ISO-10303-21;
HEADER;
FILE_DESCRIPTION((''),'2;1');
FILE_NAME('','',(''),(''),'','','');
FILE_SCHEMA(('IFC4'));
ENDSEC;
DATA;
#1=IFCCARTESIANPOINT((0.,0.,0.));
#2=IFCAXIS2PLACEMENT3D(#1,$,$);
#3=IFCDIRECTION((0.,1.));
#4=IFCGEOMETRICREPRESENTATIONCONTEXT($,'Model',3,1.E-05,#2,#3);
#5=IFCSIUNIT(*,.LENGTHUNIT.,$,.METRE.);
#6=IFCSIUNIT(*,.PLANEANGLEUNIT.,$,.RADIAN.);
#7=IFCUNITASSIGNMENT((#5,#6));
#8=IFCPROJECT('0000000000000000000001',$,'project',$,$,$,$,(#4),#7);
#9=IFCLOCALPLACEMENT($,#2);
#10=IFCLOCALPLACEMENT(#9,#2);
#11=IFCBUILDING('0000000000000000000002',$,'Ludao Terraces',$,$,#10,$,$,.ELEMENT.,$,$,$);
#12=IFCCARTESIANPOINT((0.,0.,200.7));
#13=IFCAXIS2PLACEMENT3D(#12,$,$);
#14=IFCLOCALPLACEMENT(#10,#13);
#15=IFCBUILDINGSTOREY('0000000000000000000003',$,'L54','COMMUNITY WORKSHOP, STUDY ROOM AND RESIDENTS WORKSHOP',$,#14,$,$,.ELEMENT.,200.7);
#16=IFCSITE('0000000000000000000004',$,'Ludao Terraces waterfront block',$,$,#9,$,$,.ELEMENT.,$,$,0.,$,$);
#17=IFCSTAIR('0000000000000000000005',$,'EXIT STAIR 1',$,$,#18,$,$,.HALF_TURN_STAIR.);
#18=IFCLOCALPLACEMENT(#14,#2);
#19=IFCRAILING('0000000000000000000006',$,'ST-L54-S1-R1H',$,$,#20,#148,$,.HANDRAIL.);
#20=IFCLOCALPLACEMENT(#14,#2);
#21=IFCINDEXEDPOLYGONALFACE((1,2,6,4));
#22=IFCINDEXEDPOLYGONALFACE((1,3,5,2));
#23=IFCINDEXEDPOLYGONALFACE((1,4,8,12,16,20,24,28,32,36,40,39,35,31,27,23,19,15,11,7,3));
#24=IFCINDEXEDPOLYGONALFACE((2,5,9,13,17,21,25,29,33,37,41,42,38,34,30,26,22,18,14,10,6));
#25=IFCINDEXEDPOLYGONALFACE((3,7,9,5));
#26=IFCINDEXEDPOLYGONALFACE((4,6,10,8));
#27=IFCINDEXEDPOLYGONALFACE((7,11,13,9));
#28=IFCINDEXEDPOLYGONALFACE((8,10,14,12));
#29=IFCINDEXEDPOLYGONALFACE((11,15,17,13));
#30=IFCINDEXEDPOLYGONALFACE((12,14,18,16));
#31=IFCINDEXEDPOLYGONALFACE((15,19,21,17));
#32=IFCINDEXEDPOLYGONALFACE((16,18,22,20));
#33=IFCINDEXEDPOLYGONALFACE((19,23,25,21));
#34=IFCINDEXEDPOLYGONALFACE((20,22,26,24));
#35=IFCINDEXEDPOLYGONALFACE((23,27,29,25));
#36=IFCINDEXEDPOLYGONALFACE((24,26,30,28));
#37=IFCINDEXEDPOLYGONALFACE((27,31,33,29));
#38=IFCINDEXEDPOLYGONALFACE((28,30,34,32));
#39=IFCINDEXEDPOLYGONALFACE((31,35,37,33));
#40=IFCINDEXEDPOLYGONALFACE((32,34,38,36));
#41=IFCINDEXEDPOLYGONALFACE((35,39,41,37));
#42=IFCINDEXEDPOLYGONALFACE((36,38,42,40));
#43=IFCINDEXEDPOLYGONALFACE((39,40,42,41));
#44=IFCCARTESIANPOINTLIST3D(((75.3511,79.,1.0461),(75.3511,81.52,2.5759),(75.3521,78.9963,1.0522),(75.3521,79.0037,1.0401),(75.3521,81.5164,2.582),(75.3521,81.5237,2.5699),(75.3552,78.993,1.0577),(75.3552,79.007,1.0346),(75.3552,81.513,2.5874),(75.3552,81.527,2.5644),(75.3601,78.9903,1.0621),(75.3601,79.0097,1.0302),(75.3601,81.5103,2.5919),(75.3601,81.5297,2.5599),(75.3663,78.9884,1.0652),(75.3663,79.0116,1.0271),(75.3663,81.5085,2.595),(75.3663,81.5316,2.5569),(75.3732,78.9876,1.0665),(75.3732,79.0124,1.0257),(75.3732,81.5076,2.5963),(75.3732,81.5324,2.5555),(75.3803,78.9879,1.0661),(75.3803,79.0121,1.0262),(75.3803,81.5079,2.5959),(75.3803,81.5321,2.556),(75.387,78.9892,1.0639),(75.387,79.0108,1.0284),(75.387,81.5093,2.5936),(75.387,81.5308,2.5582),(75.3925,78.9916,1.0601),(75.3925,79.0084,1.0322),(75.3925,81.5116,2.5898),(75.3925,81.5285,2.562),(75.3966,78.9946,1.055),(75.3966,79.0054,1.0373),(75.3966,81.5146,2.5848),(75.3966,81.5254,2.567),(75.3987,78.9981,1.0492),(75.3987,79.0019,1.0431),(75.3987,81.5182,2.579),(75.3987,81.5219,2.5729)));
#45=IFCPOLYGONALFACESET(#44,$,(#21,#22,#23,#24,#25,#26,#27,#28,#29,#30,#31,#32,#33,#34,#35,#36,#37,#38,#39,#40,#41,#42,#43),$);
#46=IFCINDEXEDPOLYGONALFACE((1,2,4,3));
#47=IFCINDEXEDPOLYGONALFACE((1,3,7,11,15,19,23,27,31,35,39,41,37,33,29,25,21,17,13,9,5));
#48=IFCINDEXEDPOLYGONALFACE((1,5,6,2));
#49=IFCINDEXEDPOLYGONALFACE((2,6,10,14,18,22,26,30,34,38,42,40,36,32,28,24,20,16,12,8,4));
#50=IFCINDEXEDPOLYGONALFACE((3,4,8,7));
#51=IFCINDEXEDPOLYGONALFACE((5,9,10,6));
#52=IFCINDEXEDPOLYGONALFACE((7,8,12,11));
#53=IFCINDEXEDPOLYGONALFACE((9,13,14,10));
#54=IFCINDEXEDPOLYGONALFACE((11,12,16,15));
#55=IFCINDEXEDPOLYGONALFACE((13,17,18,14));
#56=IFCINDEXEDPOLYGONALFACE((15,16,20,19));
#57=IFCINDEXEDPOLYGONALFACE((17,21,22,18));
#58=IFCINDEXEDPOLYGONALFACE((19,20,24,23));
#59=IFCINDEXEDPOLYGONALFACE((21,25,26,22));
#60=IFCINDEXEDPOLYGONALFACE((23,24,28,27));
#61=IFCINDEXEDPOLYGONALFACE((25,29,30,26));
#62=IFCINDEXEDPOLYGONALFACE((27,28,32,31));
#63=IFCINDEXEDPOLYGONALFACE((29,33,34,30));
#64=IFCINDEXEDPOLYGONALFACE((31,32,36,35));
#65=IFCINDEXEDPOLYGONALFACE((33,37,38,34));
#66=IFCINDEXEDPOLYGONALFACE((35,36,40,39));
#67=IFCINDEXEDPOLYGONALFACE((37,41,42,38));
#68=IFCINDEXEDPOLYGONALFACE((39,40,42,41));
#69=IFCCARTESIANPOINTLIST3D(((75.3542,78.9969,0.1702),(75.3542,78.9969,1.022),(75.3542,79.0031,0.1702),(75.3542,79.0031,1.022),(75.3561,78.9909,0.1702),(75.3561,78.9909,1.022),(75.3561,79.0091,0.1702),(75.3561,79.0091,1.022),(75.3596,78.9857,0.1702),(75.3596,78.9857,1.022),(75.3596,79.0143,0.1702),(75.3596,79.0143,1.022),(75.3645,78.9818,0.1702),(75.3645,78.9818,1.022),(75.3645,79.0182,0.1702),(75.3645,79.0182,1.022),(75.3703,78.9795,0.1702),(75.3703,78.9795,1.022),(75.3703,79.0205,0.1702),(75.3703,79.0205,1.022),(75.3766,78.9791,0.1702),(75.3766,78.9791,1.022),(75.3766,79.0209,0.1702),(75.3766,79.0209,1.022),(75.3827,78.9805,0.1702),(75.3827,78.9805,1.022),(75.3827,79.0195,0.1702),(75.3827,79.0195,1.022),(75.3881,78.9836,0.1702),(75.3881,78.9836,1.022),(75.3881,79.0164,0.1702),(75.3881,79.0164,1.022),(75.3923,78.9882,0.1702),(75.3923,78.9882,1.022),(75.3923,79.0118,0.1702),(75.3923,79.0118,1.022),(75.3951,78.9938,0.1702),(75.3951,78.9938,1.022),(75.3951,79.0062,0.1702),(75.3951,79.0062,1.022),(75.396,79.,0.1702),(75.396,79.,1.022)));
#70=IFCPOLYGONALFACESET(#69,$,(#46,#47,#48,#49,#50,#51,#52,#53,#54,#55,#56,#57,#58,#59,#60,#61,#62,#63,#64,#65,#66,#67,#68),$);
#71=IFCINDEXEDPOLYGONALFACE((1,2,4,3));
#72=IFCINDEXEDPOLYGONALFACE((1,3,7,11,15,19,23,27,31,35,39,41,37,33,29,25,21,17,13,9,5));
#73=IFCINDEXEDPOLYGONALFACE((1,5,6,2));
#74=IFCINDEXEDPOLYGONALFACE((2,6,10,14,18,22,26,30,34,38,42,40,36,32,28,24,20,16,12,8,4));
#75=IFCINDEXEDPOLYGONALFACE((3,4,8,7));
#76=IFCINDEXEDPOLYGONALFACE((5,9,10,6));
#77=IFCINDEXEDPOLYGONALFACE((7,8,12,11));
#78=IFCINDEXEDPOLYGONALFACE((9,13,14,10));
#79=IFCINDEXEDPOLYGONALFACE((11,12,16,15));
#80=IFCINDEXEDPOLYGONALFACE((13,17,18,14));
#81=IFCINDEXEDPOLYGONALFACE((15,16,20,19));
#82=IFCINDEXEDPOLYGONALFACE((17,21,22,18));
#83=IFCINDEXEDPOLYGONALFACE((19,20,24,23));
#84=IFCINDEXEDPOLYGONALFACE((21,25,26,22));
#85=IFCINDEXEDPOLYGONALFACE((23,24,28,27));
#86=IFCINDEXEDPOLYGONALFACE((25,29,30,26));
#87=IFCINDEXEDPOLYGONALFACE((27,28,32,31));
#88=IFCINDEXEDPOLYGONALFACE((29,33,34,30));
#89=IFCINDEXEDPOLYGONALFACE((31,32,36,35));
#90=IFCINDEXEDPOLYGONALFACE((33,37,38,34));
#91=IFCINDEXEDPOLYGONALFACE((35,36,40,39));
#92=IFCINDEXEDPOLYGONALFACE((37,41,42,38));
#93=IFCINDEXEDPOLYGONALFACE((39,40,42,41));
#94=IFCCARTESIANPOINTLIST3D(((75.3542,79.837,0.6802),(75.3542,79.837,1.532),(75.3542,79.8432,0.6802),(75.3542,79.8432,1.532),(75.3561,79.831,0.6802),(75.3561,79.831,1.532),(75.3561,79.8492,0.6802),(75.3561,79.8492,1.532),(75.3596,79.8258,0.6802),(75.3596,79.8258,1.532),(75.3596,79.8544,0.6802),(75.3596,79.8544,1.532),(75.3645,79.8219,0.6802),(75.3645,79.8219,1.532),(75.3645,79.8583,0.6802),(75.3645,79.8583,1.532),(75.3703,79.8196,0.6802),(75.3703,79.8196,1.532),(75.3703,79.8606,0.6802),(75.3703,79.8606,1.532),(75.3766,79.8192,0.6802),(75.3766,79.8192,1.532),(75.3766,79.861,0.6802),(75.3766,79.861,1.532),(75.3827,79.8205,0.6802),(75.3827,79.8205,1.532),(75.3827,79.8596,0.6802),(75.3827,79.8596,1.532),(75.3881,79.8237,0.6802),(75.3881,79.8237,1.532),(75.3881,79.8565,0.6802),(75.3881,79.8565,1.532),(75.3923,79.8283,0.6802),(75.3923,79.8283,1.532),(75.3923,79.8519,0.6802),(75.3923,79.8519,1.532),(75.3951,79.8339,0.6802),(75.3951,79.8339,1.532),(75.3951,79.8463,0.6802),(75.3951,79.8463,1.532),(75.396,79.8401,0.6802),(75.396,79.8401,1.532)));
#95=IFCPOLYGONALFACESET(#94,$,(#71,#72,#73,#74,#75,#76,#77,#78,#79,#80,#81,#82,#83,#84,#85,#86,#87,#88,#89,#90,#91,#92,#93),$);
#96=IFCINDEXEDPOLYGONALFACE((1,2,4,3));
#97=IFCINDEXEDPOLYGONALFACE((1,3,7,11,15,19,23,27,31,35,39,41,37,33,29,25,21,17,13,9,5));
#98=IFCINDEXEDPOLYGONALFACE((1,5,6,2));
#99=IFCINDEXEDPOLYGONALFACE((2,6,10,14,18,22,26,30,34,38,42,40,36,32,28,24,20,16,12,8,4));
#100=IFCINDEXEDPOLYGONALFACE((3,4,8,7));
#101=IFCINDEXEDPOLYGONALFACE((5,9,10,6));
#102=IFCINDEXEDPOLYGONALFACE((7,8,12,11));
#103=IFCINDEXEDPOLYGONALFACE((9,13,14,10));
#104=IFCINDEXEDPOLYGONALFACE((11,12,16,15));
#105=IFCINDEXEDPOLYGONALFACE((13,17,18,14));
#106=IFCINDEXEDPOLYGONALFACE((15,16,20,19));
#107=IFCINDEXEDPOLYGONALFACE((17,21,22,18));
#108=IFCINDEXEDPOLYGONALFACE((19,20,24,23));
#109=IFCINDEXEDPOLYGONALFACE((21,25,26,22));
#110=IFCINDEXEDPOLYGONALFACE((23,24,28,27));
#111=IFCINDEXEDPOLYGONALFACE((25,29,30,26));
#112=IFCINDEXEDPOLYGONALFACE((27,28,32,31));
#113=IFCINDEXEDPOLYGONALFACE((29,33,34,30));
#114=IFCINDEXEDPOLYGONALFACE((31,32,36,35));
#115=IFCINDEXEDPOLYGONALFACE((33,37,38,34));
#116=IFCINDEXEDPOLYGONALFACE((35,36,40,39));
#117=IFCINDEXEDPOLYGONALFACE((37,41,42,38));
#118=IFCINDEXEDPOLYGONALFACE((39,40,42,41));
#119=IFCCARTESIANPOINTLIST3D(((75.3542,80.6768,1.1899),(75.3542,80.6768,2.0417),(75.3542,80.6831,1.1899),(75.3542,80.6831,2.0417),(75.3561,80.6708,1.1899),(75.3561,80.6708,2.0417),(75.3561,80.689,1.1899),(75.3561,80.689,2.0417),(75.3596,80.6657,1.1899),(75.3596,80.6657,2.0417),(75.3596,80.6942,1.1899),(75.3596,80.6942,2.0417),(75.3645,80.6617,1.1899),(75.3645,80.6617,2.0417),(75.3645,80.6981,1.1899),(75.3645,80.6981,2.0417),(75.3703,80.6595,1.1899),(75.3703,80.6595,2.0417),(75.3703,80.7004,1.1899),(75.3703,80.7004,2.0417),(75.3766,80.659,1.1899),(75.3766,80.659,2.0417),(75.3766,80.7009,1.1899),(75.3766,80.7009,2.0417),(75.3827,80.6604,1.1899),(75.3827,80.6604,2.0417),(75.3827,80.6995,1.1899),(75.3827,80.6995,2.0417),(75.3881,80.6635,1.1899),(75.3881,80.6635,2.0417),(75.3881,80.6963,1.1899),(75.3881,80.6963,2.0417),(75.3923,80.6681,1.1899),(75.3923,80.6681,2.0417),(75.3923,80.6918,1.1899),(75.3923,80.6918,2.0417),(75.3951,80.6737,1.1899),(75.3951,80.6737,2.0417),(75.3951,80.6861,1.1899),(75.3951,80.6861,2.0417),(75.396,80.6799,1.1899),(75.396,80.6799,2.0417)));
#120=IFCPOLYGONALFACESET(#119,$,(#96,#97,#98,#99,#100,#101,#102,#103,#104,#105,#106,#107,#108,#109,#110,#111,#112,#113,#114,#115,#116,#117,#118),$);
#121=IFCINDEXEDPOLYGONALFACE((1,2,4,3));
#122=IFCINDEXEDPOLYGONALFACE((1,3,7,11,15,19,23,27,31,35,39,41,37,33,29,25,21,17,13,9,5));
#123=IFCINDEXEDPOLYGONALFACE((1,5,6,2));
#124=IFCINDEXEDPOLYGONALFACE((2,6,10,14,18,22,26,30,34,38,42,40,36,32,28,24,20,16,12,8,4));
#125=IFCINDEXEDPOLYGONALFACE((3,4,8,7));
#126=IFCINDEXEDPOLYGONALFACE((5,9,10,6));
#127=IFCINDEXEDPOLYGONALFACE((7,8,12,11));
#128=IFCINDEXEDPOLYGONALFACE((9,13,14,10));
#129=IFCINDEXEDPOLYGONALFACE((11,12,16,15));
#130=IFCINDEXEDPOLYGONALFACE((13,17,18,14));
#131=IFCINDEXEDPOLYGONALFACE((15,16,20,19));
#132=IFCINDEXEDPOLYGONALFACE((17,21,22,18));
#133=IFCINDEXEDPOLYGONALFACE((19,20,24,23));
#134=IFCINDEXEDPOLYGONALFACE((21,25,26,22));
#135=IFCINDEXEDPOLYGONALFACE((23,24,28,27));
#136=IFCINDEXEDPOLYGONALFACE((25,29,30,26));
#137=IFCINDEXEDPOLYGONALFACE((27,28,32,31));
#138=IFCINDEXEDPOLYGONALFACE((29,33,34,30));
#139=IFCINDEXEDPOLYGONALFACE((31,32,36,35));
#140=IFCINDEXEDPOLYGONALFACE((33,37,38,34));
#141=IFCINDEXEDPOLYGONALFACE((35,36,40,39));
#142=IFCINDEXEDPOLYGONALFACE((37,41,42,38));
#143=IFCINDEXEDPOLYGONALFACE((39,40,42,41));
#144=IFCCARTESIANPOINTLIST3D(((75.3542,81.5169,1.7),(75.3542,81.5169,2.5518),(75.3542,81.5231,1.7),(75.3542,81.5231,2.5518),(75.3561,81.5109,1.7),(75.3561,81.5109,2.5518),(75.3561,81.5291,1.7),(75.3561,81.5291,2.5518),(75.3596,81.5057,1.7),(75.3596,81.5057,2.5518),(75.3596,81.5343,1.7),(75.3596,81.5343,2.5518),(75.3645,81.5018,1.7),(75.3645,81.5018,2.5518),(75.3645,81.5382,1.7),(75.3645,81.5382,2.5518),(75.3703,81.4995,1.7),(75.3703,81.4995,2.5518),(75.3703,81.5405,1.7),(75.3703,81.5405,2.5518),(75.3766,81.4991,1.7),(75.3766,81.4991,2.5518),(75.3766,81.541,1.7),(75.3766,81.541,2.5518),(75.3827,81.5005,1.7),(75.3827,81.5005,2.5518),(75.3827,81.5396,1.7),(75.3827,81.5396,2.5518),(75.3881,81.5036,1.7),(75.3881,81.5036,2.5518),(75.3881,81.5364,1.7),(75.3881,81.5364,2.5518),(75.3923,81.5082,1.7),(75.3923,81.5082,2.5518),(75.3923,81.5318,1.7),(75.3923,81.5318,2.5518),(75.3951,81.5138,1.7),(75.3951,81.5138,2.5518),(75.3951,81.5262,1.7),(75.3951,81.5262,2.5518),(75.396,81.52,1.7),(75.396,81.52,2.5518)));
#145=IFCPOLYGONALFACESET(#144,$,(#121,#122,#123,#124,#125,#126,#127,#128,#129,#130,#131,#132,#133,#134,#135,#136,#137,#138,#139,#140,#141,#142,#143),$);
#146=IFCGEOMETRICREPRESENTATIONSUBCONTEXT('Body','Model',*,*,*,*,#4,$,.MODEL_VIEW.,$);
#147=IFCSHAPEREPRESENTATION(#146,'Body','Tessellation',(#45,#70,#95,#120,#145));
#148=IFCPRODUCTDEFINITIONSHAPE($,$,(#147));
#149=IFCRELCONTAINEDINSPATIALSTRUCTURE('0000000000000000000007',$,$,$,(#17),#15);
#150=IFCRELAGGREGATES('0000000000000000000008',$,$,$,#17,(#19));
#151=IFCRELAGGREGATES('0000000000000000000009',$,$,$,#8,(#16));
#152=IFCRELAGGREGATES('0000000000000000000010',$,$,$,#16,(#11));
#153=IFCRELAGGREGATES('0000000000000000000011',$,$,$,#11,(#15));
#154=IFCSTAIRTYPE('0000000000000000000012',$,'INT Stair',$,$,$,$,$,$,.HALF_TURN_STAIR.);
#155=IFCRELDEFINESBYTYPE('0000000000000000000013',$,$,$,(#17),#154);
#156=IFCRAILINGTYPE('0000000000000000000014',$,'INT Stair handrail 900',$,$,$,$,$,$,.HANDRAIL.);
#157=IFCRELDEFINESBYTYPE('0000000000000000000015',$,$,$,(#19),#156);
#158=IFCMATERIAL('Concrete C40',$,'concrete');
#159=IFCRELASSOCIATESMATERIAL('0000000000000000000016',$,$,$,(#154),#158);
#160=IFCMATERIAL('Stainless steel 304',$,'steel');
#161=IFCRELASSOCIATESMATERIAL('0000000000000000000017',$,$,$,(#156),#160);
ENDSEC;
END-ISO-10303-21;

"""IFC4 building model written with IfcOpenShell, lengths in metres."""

from ifc_helpers import new_model, si_unit, direction, frame, origin, origin_2d, place, context, subcontext, project, spatial, circle, extrude, material, type_object, element, aggregate, save


model = new_model("IFC4")

# Units and contexts
model_context = context("Model", 3, precision=1e-05, world=origin(), true_north=direction((0.0, 1.0)))
body_context = subcontext(model_context, "Body", "Model", "MODEL_VIEW")
ifc_project = project(units=[si_unit("LENGTHUNIT", "METRE"), si_unit("PLANEANGLEUNIT", "RADIAN")], contexts=[model_context])

# Site, building, storey
site_placement = place(None, origin())
site = spatial("IfcSite", under=ifc_project, at=site_placement, Name="Ludao Terraces waterfront block", CompositionType="ELEMENT", RefElevation=0.0)
building_placement = place(site_placement, origin())
building = spatial("IfcBuilding", under=site, at=building_placement, Name="Ludao Terraces", CompositionType="ELEMENT")
storey_placement = place(building_placement, frame((0.0, 0.0, 200.7)))
storey = spatial("IfcBuildingStorey", under=building, at=storey_placement, Name="L54", Description="COMMUNITY WORKSHOP, STUDY ROOM AND RESIDENTS WORKSHOP", CompositionType="ELEMENT", Elevation=200.7)

# Shared definitions
ifc_material_1 = material(Name="Concrete C40", Category="concrete")

# Shared definitions
ifc_material_2 = material(Name="Stainless steel 304", Category="steel")

# Stair, railing
stair_type = type_object("IfcStairType", Name="INT Stair", PredefinedType="HALF_TURN_STAIR", material=ifc_material_1)
stair_placement = place(storey_placement, origin())
stair = element("IfcStair", 1, at=stair_placement, inside=storey, type_object=stair_type, Name="EXIT STAIR 1", PredefinedType="HALF_TURN_STAIR")
railing_type_1 = type_object("IfcRailingType", Name="INT Stair handrail 900", PredefinedType="HANDRAIL", material=ifc_material_2)
railing_1_placement = place(storey_placement, frame((75.375, 79.0, 0.1702)))
railing_1 = element("IfcRailing", 2, at=railing_1_placement, type_object=railing_type_1, Name="ST-L54-S1-R1H", PredefinedType="HANDRAIL", context=body_context, shape_type="SweptSolid", body=[
    extrude(circle(Radius=0.0239, at=origin_2d()), frame((0.0, 0.0, 0.876), z_axis=(0.0, 0.854822, 0.518922), x_axis=(-1.0, 0.0, 0.0)), (0.0, 0.0, 1.0), 2.948),
    extrude(circle(Radius=0.021, at=origin_2d()), origin(), (0.0, 0.0, 1.0), 0.8518),
    extrude(circle(Radius=0.021, at=origin_2d()), frame((0.0, 0.8401, 0.51)), (0.0, 0.0, 1.0), 0.8518),
    extrude(circle(Radius=0.021, at=origin_2d()), frame((0.0, 1.6799, 1.0198)), (0.0, 0.0, 1.0), 0.8518),
    extrude(circle(Radius=0.021, at=origin_2d()), frame((0.0, 2.52, 1.5298)), (0.0, 0.0, 1.0), 0.8518),
])
aggregate(stair, [railing_1])

save(model, "model.ifc")
